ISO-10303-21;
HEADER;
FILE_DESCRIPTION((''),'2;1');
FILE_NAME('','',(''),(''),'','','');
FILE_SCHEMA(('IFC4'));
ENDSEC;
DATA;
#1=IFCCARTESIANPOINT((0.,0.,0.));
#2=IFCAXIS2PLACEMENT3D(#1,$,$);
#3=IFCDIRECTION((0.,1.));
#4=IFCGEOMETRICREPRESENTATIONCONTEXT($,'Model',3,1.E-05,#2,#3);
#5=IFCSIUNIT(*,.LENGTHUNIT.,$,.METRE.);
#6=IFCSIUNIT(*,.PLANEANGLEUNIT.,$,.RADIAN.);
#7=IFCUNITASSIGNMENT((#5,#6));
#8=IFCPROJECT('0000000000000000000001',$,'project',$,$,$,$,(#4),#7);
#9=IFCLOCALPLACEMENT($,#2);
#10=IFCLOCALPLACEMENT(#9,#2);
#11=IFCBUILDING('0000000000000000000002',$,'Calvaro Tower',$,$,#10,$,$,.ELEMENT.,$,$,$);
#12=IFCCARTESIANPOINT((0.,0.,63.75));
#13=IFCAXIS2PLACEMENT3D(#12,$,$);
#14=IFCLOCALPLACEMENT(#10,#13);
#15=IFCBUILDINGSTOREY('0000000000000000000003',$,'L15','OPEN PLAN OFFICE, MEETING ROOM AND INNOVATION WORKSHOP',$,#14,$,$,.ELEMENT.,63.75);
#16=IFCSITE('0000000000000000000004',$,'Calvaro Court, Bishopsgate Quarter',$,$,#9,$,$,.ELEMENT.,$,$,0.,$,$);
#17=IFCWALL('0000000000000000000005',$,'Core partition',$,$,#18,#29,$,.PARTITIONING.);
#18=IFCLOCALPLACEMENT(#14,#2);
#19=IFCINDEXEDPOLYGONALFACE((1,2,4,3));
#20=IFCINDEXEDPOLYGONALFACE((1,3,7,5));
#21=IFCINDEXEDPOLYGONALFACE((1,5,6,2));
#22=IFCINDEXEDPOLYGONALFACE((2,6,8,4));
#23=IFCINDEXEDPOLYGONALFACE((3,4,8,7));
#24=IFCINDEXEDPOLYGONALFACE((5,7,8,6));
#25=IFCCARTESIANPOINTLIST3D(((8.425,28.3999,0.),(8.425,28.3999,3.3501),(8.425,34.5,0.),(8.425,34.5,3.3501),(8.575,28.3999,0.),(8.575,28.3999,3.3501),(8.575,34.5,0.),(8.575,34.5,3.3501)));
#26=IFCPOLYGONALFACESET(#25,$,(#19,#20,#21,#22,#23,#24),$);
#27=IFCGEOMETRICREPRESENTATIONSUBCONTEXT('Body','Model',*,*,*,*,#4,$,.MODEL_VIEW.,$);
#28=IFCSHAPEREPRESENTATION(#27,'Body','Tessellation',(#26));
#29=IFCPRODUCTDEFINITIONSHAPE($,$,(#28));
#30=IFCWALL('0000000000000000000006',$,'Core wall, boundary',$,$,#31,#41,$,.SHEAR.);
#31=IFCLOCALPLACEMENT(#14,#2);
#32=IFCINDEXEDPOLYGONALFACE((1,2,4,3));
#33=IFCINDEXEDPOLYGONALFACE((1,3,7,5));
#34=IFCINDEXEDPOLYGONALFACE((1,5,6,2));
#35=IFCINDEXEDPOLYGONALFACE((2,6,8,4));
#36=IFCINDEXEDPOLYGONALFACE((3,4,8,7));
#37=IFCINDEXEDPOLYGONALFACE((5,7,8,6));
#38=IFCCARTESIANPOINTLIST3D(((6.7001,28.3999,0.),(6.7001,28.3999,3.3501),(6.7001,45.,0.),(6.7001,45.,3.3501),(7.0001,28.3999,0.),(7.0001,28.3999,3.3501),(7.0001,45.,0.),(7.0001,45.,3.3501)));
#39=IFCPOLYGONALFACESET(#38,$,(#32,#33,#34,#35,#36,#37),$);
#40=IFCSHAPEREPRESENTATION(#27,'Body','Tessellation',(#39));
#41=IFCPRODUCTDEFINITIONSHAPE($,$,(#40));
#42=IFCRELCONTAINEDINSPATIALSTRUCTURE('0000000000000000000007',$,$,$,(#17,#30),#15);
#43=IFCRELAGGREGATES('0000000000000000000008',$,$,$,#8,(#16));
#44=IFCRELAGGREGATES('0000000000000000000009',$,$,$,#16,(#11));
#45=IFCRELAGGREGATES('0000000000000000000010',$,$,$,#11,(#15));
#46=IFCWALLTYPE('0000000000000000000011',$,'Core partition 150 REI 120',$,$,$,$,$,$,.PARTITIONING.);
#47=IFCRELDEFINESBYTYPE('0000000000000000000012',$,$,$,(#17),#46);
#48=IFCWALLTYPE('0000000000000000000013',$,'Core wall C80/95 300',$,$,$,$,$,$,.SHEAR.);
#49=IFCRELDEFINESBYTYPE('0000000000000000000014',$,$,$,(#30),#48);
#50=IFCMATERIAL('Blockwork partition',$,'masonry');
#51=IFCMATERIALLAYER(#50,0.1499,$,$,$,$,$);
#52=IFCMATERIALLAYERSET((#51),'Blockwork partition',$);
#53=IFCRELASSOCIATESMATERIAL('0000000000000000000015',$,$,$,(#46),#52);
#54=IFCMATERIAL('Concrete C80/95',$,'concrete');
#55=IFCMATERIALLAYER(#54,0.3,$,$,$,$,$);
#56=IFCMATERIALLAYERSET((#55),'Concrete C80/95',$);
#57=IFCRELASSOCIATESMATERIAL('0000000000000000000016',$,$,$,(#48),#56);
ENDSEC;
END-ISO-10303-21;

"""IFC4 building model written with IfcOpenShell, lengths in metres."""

from ifc_helpers import new_model, si_unit, direction, frame, frame_2d, origin, place, context, subcontext, project, spatial, rectangle, extrude, material, layer, layer_set, type_object, element, save


model = new_model("IFC4")

# Units and contexts
model_context = context("Model", 3, precision=1e-05, world=origin(), true_north=direction((0.0, 1.0)))
body_context = subcontext(model_context, "Body", "Model", "MODEL_VIEW")
ifc_project = project(units=[si_unit("LENGTHUNIT", "METRE"), si_unit("PLANEANGLEUNIT", "RADIAN")], contexts=[model_context])

# Site, building, storey
site_placement = place(None, origin())
site = spatial("IfcSite", under=ifc_project, at=site_placement, Name="Calvaro Court, Bishopsgate Quarter", CompositionType="ELEMENT", RefElevation=0.0)
building_placement = place(site_placement, origin())
building = spatial("IfcBuilding", under=site, at=building_placement, Name="Calvaro Tower", CompositionType="ELEMENT")
storey_placement = place(building_placement, frame((0.0, 0.0, 63.75)))
storey = spatial("IfcBuildingStorey", under=building, at=storey_placement, Name="L15", Description="OPEN PLAN OFFICE, MEETING ROOM AND INNOVATION WORKSHOP", CompositionType="ELEMENT", Elevation=63.75)

# Walls
ifc_material_1 = material(Name="Blockwork partition", Category="masonry")
ifc_layer_1 = layer(ifc_material_1, 0.1499)
ifc_layer_set_1 = layer_set([ifc_layer_1], Name="Blockwork partition")
wall_type_1 = type_object("IfcWallType", Name="Core partition 150 REI 120", PredefinedType="PARTITIONING", material=ifc_layer_set_1)
wall_1_placement = place(storey_placement, frame((8.5, 28.3999, 0.0), z_axis=(0.0, 0.0, 1.0), x_axis=(0.0, 1.0, 0.0)))
element("IfcWall", 1, at=wall_1_placement, inside=storey, type_object=wall_type_1, Name="Core partition", PredefinedType="PARTITIONING", context=body_context, shape_type="SweptSolid", body=[
    extrude(rectangle(XDim=6.1001, YDim=0.1499, at=frame_2d((3.05, 0.0))), origin(), (0.0, 0.0, 1.0), 3.3501),
])
ifc_material_2 = material(Name="Concrete C80/95", Category="concrete")
ifc_layer_2 = layer(ifc_material_2, 0.3)
ifc_layer_set_2 = layer_set([ifc_layer_2], Name="Concrete C80/95")
wall_type_2 = type_object("IfcWallType", Name="Core wall C80/95 300", PredefinedType="SHEAR", material=ifc_layer_set_2)
wall_2_placement = place(storey_placement, frame((6.8501, 28.3999, 0.0), z_axis=(0.0, 0.0, 1.0), x_axis=(0.0, 1.0, 0.0)))
element("IfcWall", 2, at=wall_2_placement, inside=storey, type_object=wall_type_2, Name="Core wall, boundary", PredefinedType="SHEAR", context=body_context, shape_type="SweptSolid", body=[
    extrude(rectangle(XDim=16.6001, YDim=0.3, at=frame_2d((8.3, 0.0))), origin(), (0.0, 0.0, 1.0), 3.3501),
])

save(model, "model.ifc")
